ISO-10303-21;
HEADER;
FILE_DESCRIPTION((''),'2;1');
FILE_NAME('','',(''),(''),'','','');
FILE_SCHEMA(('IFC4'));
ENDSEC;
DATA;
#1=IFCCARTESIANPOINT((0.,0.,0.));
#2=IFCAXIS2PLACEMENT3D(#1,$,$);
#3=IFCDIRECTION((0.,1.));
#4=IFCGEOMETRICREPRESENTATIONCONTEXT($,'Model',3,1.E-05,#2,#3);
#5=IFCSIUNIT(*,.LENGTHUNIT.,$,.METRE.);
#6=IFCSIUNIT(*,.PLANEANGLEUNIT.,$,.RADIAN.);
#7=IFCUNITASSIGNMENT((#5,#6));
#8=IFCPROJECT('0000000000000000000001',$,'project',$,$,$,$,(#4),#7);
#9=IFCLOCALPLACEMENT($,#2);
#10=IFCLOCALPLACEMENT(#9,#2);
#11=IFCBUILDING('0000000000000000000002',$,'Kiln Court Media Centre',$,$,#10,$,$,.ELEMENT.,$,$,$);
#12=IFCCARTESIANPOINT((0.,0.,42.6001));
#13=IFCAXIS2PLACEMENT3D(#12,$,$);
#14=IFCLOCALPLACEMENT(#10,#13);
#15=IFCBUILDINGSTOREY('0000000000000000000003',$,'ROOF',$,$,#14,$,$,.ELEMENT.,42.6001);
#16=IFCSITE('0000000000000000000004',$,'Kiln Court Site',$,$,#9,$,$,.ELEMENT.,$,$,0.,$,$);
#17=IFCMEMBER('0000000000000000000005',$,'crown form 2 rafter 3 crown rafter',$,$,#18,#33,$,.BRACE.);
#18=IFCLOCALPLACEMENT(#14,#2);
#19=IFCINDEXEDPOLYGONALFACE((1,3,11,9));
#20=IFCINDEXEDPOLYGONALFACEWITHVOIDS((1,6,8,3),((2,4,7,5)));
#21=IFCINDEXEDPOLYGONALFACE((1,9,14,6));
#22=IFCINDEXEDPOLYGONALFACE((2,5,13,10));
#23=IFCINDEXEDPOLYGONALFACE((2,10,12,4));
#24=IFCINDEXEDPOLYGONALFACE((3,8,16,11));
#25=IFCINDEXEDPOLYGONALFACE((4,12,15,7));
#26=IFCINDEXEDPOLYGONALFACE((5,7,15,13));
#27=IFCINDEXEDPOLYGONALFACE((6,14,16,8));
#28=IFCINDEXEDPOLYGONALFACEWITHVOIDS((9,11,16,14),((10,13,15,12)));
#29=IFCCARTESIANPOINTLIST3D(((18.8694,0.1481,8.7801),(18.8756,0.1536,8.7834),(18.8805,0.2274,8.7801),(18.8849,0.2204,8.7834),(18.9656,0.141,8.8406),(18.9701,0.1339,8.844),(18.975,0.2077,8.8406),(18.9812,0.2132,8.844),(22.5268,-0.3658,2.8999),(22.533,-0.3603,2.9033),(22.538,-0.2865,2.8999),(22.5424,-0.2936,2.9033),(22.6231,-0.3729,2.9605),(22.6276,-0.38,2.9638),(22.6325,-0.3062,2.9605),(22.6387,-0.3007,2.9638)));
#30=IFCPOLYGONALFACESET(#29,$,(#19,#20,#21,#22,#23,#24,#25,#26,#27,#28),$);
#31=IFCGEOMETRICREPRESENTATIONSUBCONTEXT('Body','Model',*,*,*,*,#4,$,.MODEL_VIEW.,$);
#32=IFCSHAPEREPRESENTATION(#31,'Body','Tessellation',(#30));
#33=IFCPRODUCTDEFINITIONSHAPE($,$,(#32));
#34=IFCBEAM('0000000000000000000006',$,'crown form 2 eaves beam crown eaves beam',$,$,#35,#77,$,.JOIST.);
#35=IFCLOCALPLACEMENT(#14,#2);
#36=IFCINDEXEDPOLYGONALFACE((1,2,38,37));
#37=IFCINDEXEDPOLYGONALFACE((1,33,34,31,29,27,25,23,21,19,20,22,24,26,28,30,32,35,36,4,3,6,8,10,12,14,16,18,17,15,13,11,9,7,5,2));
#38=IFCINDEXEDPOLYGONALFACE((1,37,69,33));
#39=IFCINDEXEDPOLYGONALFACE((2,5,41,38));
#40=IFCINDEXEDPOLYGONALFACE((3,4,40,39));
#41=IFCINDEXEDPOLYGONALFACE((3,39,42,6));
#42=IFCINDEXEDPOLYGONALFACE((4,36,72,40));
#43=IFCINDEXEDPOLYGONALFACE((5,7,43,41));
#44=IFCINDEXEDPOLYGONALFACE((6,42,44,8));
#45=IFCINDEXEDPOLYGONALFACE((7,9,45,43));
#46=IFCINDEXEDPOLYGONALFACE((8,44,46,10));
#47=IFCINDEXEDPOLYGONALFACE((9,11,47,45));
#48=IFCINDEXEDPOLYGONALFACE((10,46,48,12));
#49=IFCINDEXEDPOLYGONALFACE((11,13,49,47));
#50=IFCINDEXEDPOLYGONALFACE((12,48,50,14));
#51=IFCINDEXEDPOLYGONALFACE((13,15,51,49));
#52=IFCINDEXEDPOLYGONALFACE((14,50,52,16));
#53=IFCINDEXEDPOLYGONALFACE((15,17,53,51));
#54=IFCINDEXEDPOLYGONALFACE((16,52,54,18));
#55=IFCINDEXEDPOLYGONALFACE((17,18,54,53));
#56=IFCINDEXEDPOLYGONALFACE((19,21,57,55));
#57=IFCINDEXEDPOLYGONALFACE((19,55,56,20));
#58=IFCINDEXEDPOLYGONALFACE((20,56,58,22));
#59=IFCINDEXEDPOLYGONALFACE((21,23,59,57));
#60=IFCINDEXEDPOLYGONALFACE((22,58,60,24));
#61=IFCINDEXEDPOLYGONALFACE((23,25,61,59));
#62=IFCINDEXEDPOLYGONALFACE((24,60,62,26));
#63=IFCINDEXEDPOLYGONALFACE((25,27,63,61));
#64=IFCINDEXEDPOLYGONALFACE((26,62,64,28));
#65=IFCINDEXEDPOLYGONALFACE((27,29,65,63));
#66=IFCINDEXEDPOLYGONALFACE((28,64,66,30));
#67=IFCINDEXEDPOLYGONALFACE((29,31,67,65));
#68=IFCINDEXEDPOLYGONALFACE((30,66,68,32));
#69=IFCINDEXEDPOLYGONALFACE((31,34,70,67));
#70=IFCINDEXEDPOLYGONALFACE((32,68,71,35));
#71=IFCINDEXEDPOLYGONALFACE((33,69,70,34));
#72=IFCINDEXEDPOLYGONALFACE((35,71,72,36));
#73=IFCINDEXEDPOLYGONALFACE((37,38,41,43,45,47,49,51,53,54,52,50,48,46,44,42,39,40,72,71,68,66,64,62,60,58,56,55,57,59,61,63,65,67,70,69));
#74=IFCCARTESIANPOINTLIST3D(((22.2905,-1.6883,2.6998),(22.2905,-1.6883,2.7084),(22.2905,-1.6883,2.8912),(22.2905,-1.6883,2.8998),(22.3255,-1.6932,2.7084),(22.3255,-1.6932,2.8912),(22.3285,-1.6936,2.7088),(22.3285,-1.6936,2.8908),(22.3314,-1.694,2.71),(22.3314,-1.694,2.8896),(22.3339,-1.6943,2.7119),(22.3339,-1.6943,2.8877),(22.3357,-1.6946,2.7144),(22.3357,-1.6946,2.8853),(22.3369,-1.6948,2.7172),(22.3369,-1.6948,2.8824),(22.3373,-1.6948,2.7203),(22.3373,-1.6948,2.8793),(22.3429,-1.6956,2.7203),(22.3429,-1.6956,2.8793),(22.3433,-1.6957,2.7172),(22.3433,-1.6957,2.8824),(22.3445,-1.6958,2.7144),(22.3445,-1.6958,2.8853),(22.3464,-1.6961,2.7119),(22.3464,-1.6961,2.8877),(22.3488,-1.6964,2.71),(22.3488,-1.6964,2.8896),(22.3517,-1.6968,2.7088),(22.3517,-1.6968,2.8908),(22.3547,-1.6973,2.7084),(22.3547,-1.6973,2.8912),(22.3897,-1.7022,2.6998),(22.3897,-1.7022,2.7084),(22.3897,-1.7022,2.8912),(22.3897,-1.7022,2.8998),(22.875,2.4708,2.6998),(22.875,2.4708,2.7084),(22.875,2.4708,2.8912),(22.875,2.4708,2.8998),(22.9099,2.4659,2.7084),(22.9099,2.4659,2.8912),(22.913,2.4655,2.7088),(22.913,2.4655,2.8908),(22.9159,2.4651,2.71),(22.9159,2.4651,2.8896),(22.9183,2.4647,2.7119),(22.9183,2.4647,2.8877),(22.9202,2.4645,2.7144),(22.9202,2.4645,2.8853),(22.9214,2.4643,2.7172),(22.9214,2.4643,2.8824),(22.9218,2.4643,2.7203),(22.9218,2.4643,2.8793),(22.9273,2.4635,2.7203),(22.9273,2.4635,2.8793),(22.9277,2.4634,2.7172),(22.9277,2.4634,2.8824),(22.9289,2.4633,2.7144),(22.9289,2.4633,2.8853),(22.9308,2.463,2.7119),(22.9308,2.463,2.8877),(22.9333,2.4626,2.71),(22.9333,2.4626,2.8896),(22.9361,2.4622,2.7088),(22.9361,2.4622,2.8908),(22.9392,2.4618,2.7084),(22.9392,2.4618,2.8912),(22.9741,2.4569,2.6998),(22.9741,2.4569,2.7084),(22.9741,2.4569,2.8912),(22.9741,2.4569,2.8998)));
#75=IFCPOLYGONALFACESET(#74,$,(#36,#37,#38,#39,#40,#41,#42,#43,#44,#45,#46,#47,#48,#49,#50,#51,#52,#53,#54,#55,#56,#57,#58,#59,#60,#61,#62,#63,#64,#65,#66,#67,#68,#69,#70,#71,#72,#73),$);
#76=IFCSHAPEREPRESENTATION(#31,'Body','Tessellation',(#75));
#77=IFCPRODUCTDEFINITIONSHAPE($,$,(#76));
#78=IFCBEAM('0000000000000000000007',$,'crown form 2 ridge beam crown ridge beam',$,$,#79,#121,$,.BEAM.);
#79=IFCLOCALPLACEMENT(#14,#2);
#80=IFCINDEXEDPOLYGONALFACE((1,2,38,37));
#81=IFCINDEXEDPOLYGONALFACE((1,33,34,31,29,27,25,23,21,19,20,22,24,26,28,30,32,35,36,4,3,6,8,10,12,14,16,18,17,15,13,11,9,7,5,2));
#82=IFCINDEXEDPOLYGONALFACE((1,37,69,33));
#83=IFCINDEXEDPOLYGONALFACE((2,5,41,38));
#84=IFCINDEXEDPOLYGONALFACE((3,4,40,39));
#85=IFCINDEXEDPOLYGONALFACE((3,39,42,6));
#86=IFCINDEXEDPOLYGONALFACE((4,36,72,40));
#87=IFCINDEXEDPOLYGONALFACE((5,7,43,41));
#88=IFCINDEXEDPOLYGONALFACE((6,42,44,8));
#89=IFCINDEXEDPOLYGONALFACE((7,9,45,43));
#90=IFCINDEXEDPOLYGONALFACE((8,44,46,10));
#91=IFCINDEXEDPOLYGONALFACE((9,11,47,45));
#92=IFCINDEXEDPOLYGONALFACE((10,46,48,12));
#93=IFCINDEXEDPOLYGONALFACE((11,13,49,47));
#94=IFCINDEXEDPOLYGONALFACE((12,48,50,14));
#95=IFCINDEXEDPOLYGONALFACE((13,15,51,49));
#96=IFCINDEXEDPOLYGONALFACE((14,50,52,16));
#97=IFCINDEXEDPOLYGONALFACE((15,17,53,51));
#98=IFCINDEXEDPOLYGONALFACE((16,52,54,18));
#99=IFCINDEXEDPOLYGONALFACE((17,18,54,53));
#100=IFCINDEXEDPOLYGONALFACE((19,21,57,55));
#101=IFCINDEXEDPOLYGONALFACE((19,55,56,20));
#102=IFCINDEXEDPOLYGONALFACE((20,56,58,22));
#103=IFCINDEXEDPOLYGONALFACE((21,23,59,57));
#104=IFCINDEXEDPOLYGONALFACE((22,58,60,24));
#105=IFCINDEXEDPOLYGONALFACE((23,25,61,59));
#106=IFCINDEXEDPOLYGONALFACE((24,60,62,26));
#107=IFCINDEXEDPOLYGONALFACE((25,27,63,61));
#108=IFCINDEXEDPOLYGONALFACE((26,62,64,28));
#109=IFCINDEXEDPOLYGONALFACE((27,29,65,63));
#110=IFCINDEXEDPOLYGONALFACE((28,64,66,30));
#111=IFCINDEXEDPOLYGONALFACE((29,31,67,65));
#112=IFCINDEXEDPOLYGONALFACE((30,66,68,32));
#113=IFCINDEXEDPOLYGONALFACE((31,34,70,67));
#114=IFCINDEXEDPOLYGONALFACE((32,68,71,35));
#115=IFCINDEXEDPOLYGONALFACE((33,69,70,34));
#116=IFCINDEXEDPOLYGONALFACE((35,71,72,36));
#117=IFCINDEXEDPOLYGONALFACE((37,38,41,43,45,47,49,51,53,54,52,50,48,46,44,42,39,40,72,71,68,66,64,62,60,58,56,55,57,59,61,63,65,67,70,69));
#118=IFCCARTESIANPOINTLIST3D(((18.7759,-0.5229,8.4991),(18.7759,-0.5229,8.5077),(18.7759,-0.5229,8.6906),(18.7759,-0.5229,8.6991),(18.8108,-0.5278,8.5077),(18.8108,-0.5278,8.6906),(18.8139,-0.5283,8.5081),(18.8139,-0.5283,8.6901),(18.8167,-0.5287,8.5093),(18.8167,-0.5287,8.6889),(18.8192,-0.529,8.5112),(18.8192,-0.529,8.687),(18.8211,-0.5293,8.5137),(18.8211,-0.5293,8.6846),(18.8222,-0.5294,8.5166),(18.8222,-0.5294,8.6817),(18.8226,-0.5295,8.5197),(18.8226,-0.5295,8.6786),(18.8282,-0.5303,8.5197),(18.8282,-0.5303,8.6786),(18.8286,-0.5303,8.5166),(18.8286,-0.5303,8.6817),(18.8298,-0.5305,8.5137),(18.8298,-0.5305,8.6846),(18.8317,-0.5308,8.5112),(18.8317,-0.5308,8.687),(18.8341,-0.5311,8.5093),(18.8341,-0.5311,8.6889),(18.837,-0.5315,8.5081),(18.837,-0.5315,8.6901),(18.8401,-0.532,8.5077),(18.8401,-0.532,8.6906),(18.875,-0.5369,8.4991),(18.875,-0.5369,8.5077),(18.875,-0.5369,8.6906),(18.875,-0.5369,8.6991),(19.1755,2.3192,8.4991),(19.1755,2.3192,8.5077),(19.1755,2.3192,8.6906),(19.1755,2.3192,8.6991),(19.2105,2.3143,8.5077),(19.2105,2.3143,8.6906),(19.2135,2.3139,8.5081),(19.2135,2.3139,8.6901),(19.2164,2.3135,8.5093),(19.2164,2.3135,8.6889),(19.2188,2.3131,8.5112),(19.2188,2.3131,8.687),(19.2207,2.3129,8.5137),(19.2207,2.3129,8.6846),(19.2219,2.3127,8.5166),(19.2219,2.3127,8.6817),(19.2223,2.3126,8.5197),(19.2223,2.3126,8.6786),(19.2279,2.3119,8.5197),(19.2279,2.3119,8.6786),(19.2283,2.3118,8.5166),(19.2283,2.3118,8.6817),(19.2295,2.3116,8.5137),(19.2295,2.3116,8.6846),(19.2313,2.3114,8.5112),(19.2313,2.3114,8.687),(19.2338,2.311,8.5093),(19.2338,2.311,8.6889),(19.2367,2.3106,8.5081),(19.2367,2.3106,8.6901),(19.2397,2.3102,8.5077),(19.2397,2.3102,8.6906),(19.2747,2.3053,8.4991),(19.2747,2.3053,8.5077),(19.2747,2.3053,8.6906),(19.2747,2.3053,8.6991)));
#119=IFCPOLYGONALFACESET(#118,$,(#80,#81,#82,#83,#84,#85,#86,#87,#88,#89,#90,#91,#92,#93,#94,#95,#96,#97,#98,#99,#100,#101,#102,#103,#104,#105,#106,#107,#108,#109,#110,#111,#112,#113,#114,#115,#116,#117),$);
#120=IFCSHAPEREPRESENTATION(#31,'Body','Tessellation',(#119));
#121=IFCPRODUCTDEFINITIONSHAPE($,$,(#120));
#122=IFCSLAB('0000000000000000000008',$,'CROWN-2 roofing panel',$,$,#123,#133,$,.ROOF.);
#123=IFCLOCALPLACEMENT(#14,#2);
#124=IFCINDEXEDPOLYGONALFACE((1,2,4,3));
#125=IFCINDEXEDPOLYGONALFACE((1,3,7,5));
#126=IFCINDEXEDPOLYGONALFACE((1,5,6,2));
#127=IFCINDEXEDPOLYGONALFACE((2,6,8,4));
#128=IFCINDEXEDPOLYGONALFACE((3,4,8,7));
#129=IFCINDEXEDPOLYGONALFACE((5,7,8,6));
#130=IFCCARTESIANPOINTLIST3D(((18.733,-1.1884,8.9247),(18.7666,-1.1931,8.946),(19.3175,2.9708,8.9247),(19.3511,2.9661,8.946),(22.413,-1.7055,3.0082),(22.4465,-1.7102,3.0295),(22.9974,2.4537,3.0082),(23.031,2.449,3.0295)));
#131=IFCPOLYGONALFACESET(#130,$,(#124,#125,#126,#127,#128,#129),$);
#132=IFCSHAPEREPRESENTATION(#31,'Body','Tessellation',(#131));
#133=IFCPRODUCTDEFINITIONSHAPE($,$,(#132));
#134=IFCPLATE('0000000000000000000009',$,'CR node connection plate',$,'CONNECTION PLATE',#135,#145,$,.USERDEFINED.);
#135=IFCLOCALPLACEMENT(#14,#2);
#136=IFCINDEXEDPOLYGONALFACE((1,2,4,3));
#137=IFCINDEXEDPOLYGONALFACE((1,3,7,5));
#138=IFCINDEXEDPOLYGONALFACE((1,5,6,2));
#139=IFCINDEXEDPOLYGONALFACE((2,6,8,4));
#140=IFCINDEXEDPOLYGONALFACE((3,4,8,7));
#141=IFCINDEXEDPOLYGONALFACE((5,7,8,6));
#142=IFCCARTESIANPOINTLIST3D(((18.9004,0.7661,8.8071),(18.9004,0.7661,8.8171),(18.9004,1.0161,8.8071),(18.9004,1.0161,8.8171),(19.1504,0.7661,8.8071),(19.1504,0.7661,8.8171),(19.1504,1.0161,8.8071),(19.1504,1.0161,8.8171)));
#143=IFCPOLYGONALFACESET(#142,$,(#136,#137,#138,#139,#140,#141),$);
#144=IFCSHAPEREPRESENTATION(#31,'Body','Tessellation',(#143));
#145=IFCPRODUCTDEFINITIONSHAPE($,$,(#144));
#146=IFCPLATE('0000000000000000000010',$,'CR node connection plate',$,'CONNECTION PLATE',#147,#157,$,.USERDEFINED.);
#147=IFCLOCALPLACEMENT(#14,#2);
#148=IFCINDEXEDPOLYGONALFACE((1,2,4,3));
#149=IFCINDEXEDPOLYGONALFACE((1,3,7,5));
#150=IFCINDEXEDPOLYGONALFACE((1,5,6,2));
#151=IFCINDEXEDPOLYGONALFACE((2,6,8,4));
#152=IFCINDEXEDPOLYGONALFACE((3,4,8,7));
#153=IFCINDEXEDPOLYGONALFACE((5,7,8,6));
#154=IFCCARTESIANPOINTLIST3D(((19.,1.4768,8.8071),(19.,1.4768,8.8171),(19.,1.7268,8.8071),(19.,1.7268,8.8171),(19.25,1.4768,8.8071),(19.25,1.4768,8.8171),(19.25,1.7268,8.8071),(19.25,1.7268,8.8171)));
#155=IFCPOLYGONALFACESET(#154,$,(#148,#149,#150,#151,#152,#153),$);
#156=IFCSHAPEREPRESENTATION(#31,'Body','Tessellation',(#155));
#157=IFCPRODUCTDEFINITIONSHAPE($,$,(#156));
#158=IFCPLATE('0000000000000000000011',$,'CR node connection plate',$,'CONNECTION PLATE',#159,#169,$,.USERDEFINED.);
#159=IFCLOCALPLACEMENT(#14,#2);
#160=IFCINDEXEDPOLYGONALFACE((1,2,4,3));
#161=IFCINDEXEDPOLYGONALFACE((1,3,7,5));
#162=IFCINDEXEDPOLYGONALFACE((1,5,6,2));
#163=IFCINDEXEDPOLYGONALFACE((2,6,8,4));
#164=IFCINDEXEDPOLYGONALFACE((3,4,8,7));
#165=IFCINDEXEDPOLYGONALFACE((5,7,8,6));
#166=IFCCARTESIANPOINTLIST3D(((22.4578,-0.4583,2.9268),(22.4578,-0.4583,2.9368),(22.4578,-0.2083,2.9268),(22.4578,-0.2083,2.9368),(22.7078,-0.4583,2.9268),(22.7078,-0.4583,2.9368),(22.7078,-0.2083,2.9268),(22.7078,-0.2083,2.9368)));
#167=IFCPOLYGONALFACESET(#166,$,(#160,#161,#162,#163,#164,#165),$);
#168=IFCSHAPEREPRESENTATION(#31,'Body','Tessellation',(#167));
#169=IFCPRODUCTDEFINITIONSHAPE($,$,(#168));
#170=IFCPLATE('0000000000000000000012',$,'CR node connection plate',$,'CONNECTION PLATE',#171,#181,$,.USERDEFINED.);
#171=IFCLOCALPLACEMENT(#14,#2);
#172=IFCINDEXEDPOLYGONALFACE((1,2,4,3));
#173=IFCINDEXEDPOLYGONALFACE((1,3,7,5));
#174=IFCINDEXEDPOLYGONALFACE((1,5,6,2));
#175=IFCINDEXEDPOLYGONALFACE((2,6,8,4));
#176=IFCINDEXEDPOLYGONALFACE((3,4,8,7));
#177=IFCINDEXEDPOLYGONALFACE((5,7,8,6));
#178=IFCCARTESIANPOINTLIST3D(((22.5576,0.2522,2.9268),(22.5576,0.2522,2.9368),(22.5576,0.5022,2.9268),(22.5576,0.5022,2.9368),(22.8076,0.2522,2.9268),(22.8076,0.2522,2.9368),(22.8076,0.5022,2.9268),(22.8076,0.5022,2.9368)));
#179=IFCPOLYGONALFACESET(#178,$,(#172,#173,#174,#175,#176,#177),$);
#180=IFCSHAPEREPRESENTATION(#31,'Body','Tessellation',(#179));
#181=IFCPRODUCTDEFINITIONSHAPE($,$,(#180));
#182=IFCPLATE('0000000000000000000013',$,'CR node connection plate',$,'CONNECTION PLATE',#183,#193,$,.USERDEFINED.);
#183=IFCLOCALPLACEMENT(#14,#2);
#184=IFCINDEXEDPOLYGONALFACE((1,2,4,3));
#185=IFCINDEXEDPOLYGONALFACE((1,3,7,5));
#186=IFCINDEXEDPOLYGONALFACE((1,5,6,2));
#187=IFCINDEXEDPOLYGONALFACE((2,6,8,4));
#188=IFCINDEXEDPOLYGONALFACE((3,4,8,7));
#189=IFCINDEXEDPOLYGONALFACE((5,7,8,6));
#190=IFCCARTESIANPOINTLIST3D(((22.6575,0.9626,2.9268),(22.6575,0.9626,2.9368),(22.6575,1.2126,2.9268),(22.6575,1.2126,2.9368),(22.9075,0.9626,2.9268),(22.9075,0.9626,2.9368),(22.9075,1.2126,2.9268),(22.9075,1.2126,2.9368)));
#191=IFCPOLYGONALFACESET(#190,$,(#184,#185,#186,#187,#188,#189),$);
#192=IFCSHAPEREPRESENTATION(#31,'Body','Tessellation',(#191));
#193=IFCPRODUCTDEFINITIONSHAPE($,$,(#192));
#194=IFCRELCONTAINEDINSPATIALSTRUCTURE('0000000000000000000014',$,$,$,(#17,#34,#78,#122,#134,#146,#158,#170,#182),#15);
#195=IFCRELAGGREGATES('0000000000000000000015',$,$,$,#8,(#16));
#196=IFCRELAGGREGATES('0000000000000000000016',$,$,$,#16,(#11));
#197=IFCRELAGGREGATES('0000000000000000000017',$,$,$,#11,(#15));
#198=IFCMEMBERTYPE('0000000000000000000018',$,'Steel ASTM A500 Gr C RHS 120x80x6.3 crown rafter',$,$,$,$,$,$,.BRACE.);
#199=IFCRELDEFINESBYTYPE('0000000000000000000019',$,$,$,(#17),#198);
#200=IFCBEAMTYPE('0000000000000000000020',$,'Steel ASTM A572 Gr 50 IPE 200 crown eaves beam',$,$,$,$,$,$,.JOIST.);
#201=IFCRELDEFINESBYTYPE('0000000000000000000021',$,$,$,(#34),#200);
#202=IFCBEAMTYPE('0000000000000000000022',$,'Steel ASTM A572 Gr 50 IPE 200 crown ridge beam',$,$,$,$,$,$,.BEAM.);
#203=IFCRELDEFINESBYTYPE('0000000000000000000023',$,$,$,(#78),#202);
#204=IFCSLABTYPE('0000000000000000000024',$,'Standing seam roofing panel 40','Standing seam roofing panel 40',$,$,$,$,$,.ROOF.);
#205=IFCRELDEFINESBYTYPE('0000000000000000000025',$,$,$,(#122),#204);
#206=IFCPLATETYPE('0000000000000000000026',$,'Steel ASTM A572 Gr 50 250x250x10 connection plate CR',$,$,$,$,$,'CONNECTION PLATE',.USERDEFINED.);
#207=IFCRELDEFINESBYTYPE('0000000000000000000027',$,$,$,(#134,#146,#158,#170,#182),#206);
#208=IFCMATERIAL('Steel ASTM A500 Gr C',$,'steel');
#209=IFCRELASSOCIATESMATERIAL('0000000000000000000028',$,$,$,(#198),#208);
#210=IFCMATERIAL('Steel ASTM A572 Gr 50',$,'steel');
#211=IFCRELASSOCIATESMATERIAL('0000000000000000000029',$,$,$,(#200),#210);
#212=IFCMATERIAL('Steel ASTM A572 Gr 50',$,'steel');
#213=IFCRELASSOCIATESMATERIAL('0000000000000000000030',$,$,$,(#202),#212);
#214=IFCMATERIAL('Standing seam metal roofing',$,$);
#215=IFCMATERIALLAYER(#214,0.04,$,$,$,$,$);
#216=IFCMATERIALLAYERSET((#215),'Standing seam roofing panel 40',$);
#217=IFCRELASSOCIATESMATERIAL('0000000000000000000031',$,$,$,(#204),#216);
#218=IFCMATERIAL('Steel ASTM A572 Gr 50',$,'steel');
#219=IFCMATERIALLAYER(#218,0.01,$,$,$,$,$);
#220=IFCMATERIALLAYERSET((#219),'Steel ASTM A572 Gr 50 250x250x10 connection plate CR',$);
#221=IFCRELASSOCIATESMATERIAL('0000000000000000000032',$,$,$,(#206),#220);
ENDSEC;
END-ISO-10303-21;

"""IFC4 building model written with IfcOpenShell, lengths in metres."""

from ifc_helpers import new_model, si_unit, direction, frame, origin, origin_2d, place, context, subcontext, project, spatial, polyline, rectangle, hollow_rectangle, i_section, outline, extrude, material, layer, layer_set, material_profile, profile_set, type_object, element, save


model = new_model("IFC4")

# Units and contexts
model_context = context("Model", 3, precision=1e-05, world=origin(), true_north=direction((0.0, 1.0)))
body_context = subcontext(model_context, "Body", "Model", "MODEL_VIEW")
ifc_project = project(units=[si_unit("LENGTHUNIT", "METRE"), si_unit("PLANEANGLEUNIT", "RADIAN")], contexts=[model_context])

# Site, building, storey
site_placement = place(None, origin())
site = spatial("IfcSite", under=ifc_project, at=site_placement, Name="Kiln Court Site", CompositionType="ELEMENT", RefElevation=0.0)
building_placement = place(site_placement, origin())
building = spatial("IfcBuilding", under=site, at=building_placement, Name="Kiln Court Media Centre", CompositionType="ELEMENT")
storey_placement = place(building_placement, frame((0.0, 0.0, 42.6001)))
storey = spatial("IfcBuildingStorey", under=building, at=storey_placement, Name="ROOF", CompositionType="ELEMENT", Elevation=42.6001)

# Member
ifc_material_1 = material(Name="Steel ASTM A500 Gr C", Category="steel")
ifc_material_profile_1 = material_profile(ifc_material_1, hollow_rectangle(XDim=0.0801, YDim=0.1201, WallThickness=0.0063, at=origin_2d()), Name="RHS 120x80x6.3")
ifc_profile_set_1 = profile_set([ifc_material_profile_1], Name="Steel ASTM A500 Gr C")
member_type = type_object("IfcMemberType", Name="Steel ASTM A500 Gr C RHS 120x80x6.3 crown rafter", PredefinedType="BRACE", material=ifc_profile_set_1)
member_1_placement = place(storey_placement, frame((22.5828, -0.3333, 2.9319), z_axis=(-0.526721, 0.07401, 0.84681), x_axis=(-0.139144, -0.990272, 0.0)))
element("IfcMember", 1, at=member_1_placement, inside=storey, type_object=member_type, Name="crown form 2 rafter 3 crown rafter", PredefinedType="BRACE", context=body_context, shape_type="SweptSolid", body=[
    extrude(hollow_rectangle(XDim=0.0801, YDim=0.1201, WallThickness=0.0063, at=origin_2d()), origin(), (0.0, 0.0, 1.0), 6.9438),
])

# Beams
ifc_material_2 = material(Name="Steel ASTM A572 Gr 50", Category="steel")
ifc_material_profile_2 = material_profile(ifc_material_2, i_section(OverallWidth=0.1001, OverallDepth=0.2, WebThickness=0.0056, FlangeThickness=0.0085, FilletRadius=0.012, at=origin_2d()), Name="IPE 200")
ifc_profile_set_2 = profile_set([ifc_material_profile_2], Name="Steel ASTM A572 Gr 50")
beam_type_1 = type_object("IfcBeamType", Name="Steel ASTM A572 Gr 50 IPE 200 crown eaves beam", PredefinedType="JOIST", material=ifc_profile_set_2)
beam_1_placement = place(storey_placement, frame((22.9246, 2.4639, 2.7998), z_axis=(-0.139159, -0.99027, 0.0), x_axis=(0.99027, -0.139159, 0.0)))
element("IfcBeam", 2, at=beam_1_placement, inside=storey, type_object=beam_type_1, Name="crown form 2 eaves beam crown eaves beam", PredefinedType="JOIST", context=body_context, shape_type="SweptSolid", body=[
    extrude(i_section(OverallWidth=0.1001, OverallDepth=0.2, WebThickness=0.0056, FlangeThickness=0.0085, FilletRadius=0.012, at=origin_2d()), origin(), (0.0, 0.0, 1.0), 4.2),
])
ifc_material_3 = material(Name="Steel ASTM A572 Gr 50", Category="steel")
ifc_material_profile_3 = material_profile(ifc_material_3, i_section(OverallWidth=0.1001, OverallDepth=0.2, WebThickness=0.0056, FlangeThickness=0.0085, FilletRadius=0.012, at=origin_2d()), Name="IPE 200")
ifc_profile_set_3 = profile_set([ifc_material_profile_3], Name="Steel ASTM A572 Gr 50")
beam_type_2 = type_object("IfcBeamType", Name="Steel ASTM A572 Gr 50 IPE 200 crown ridge beam", PredefinedType="BEAM", material=ifc_profile_set_3)
beam_2_placement = place(storey_placement, frame((19.2251, 2.3123, 8.5991), z_axis=(-0.139254, -0.990257, 0.0), x_axis=(0.990257, -0.139254, 0.0)))
element("IfcBeam", 3, at=beam_2_placement, inside=storey, type_object=beam_type_2, Name="crown form 2 ridge beam crown ridge beam", PredefinedType="BEAM", context=body_context, shape_type="SweptSolid", body=[
    extrude(i_section(OverallWidth=0.1001, OverallDepth=0.2, WebThickness=0.0056, FlangeThickness=0.0085, FilletRadius=0.012, at=origin_2d()), origin(), (0.0, 0.0, 1.0), 2.8701),
])

# Slab
ifc_material_4 = material(Name="Standing seam metal roofing")
ifc_layer_1 = layer(ifc_material_4, 0.04)
ifc_layer_set_1 = layer_set([ifc_layer_1], Name="Standing seam roofing panel 40")
slab_type = type_object("IfcSlabType", Name="Standing seam roofing panel 40", Description="Standing seam roofing panel 40", PredefinedType="ROOF", material=ifc_layer_set_1)
slab_placement = place(storey_placement, frame((23.031, 2.449, 3.0295), z_axis=(0.838582, -0.117842, 0.531878), x_axis=(-0.139159, -0.99027, 0.0)))
element("IfcSlab", 4, at=slab_placement, inside=storey, type_object=slab_type, Name="CROWN-2 roofing panel", PredefinedType="ROOF", context=body_context, shape_type="SweptSolid", body=[
    extrude(outline(polyline([(0.0, 0.0), (4.2, 0.0), (4.2001, -6.9867), (0.0, -6.9867), (0.0, 0.0)])), origin(), (0.0, 0.0, -1.0), 0.04),
])

# Plates
ifc_material_5 = material(Name="Steel ASTM A572 Gr 50", Category="steel")
ifc_layer_2 = layer(ifc_material_5, 0.01)
ifc_layer_set_2 = layer_set([ifc_layer_2], Name="Steel ASTM A572 Gr 50 250x250x10 connection plate CR")
plate_type_1 = type_object("IfcPlateType", Name="Steel ASTM A572 Gr 50 250x250x10 connection plate CR", ElementType="CONNECTION PLATE", PredefinedType="USERDEFINED", material=ifc_layer_set_2)
for number, where, z_axis, x_axis, name in (
    (5, (19.0254, 0.8911, 8.8071), (0.0, 0.0, 1.0), (1.0, 0.0, 0.0), "CR node connection plate"),
    (6, (19.125, 1.6018, 8.8071), (0.0, 0.0, 1.0), (1.0, 0.0, 0.0), "CR node connection plate"),
    (7, (22.5828, -0.3333, 2.9268), (0.0, 0.0, 1.0), (1.0, 0.0, 0.0), "CR node connection plate"),
    (8, (22.6826, 0.3772, 2.9268), (0.0, 0.0, 1.0), (1.0, 0.0, 0.0), "CR node connection plate"),
    (9, (22.7825, 1.0876, 2.9268), (0.0, 0.0, 1.0), (1.0, 0.0, 0.0), "CR node connection plate"),
):
    element("IfcPlate", number, at=place(storey_placement, frame(where, z_axis=z_axis, x_axis=x_axis)), inside=storey, type_object=plate_type_1, Name=name, ObjectType="CONNECTION PLATE", PredefinedType="USERDEFINED", context=body_context, shape_type="SweptSolid", body=[
        extrude(rectangle(XDim=0.25, YDim=0.25, at=origin_2d()), origin(), (0.0, 0.0, 1.0), 0.01),
    ])

save(model, "model.ifc")
